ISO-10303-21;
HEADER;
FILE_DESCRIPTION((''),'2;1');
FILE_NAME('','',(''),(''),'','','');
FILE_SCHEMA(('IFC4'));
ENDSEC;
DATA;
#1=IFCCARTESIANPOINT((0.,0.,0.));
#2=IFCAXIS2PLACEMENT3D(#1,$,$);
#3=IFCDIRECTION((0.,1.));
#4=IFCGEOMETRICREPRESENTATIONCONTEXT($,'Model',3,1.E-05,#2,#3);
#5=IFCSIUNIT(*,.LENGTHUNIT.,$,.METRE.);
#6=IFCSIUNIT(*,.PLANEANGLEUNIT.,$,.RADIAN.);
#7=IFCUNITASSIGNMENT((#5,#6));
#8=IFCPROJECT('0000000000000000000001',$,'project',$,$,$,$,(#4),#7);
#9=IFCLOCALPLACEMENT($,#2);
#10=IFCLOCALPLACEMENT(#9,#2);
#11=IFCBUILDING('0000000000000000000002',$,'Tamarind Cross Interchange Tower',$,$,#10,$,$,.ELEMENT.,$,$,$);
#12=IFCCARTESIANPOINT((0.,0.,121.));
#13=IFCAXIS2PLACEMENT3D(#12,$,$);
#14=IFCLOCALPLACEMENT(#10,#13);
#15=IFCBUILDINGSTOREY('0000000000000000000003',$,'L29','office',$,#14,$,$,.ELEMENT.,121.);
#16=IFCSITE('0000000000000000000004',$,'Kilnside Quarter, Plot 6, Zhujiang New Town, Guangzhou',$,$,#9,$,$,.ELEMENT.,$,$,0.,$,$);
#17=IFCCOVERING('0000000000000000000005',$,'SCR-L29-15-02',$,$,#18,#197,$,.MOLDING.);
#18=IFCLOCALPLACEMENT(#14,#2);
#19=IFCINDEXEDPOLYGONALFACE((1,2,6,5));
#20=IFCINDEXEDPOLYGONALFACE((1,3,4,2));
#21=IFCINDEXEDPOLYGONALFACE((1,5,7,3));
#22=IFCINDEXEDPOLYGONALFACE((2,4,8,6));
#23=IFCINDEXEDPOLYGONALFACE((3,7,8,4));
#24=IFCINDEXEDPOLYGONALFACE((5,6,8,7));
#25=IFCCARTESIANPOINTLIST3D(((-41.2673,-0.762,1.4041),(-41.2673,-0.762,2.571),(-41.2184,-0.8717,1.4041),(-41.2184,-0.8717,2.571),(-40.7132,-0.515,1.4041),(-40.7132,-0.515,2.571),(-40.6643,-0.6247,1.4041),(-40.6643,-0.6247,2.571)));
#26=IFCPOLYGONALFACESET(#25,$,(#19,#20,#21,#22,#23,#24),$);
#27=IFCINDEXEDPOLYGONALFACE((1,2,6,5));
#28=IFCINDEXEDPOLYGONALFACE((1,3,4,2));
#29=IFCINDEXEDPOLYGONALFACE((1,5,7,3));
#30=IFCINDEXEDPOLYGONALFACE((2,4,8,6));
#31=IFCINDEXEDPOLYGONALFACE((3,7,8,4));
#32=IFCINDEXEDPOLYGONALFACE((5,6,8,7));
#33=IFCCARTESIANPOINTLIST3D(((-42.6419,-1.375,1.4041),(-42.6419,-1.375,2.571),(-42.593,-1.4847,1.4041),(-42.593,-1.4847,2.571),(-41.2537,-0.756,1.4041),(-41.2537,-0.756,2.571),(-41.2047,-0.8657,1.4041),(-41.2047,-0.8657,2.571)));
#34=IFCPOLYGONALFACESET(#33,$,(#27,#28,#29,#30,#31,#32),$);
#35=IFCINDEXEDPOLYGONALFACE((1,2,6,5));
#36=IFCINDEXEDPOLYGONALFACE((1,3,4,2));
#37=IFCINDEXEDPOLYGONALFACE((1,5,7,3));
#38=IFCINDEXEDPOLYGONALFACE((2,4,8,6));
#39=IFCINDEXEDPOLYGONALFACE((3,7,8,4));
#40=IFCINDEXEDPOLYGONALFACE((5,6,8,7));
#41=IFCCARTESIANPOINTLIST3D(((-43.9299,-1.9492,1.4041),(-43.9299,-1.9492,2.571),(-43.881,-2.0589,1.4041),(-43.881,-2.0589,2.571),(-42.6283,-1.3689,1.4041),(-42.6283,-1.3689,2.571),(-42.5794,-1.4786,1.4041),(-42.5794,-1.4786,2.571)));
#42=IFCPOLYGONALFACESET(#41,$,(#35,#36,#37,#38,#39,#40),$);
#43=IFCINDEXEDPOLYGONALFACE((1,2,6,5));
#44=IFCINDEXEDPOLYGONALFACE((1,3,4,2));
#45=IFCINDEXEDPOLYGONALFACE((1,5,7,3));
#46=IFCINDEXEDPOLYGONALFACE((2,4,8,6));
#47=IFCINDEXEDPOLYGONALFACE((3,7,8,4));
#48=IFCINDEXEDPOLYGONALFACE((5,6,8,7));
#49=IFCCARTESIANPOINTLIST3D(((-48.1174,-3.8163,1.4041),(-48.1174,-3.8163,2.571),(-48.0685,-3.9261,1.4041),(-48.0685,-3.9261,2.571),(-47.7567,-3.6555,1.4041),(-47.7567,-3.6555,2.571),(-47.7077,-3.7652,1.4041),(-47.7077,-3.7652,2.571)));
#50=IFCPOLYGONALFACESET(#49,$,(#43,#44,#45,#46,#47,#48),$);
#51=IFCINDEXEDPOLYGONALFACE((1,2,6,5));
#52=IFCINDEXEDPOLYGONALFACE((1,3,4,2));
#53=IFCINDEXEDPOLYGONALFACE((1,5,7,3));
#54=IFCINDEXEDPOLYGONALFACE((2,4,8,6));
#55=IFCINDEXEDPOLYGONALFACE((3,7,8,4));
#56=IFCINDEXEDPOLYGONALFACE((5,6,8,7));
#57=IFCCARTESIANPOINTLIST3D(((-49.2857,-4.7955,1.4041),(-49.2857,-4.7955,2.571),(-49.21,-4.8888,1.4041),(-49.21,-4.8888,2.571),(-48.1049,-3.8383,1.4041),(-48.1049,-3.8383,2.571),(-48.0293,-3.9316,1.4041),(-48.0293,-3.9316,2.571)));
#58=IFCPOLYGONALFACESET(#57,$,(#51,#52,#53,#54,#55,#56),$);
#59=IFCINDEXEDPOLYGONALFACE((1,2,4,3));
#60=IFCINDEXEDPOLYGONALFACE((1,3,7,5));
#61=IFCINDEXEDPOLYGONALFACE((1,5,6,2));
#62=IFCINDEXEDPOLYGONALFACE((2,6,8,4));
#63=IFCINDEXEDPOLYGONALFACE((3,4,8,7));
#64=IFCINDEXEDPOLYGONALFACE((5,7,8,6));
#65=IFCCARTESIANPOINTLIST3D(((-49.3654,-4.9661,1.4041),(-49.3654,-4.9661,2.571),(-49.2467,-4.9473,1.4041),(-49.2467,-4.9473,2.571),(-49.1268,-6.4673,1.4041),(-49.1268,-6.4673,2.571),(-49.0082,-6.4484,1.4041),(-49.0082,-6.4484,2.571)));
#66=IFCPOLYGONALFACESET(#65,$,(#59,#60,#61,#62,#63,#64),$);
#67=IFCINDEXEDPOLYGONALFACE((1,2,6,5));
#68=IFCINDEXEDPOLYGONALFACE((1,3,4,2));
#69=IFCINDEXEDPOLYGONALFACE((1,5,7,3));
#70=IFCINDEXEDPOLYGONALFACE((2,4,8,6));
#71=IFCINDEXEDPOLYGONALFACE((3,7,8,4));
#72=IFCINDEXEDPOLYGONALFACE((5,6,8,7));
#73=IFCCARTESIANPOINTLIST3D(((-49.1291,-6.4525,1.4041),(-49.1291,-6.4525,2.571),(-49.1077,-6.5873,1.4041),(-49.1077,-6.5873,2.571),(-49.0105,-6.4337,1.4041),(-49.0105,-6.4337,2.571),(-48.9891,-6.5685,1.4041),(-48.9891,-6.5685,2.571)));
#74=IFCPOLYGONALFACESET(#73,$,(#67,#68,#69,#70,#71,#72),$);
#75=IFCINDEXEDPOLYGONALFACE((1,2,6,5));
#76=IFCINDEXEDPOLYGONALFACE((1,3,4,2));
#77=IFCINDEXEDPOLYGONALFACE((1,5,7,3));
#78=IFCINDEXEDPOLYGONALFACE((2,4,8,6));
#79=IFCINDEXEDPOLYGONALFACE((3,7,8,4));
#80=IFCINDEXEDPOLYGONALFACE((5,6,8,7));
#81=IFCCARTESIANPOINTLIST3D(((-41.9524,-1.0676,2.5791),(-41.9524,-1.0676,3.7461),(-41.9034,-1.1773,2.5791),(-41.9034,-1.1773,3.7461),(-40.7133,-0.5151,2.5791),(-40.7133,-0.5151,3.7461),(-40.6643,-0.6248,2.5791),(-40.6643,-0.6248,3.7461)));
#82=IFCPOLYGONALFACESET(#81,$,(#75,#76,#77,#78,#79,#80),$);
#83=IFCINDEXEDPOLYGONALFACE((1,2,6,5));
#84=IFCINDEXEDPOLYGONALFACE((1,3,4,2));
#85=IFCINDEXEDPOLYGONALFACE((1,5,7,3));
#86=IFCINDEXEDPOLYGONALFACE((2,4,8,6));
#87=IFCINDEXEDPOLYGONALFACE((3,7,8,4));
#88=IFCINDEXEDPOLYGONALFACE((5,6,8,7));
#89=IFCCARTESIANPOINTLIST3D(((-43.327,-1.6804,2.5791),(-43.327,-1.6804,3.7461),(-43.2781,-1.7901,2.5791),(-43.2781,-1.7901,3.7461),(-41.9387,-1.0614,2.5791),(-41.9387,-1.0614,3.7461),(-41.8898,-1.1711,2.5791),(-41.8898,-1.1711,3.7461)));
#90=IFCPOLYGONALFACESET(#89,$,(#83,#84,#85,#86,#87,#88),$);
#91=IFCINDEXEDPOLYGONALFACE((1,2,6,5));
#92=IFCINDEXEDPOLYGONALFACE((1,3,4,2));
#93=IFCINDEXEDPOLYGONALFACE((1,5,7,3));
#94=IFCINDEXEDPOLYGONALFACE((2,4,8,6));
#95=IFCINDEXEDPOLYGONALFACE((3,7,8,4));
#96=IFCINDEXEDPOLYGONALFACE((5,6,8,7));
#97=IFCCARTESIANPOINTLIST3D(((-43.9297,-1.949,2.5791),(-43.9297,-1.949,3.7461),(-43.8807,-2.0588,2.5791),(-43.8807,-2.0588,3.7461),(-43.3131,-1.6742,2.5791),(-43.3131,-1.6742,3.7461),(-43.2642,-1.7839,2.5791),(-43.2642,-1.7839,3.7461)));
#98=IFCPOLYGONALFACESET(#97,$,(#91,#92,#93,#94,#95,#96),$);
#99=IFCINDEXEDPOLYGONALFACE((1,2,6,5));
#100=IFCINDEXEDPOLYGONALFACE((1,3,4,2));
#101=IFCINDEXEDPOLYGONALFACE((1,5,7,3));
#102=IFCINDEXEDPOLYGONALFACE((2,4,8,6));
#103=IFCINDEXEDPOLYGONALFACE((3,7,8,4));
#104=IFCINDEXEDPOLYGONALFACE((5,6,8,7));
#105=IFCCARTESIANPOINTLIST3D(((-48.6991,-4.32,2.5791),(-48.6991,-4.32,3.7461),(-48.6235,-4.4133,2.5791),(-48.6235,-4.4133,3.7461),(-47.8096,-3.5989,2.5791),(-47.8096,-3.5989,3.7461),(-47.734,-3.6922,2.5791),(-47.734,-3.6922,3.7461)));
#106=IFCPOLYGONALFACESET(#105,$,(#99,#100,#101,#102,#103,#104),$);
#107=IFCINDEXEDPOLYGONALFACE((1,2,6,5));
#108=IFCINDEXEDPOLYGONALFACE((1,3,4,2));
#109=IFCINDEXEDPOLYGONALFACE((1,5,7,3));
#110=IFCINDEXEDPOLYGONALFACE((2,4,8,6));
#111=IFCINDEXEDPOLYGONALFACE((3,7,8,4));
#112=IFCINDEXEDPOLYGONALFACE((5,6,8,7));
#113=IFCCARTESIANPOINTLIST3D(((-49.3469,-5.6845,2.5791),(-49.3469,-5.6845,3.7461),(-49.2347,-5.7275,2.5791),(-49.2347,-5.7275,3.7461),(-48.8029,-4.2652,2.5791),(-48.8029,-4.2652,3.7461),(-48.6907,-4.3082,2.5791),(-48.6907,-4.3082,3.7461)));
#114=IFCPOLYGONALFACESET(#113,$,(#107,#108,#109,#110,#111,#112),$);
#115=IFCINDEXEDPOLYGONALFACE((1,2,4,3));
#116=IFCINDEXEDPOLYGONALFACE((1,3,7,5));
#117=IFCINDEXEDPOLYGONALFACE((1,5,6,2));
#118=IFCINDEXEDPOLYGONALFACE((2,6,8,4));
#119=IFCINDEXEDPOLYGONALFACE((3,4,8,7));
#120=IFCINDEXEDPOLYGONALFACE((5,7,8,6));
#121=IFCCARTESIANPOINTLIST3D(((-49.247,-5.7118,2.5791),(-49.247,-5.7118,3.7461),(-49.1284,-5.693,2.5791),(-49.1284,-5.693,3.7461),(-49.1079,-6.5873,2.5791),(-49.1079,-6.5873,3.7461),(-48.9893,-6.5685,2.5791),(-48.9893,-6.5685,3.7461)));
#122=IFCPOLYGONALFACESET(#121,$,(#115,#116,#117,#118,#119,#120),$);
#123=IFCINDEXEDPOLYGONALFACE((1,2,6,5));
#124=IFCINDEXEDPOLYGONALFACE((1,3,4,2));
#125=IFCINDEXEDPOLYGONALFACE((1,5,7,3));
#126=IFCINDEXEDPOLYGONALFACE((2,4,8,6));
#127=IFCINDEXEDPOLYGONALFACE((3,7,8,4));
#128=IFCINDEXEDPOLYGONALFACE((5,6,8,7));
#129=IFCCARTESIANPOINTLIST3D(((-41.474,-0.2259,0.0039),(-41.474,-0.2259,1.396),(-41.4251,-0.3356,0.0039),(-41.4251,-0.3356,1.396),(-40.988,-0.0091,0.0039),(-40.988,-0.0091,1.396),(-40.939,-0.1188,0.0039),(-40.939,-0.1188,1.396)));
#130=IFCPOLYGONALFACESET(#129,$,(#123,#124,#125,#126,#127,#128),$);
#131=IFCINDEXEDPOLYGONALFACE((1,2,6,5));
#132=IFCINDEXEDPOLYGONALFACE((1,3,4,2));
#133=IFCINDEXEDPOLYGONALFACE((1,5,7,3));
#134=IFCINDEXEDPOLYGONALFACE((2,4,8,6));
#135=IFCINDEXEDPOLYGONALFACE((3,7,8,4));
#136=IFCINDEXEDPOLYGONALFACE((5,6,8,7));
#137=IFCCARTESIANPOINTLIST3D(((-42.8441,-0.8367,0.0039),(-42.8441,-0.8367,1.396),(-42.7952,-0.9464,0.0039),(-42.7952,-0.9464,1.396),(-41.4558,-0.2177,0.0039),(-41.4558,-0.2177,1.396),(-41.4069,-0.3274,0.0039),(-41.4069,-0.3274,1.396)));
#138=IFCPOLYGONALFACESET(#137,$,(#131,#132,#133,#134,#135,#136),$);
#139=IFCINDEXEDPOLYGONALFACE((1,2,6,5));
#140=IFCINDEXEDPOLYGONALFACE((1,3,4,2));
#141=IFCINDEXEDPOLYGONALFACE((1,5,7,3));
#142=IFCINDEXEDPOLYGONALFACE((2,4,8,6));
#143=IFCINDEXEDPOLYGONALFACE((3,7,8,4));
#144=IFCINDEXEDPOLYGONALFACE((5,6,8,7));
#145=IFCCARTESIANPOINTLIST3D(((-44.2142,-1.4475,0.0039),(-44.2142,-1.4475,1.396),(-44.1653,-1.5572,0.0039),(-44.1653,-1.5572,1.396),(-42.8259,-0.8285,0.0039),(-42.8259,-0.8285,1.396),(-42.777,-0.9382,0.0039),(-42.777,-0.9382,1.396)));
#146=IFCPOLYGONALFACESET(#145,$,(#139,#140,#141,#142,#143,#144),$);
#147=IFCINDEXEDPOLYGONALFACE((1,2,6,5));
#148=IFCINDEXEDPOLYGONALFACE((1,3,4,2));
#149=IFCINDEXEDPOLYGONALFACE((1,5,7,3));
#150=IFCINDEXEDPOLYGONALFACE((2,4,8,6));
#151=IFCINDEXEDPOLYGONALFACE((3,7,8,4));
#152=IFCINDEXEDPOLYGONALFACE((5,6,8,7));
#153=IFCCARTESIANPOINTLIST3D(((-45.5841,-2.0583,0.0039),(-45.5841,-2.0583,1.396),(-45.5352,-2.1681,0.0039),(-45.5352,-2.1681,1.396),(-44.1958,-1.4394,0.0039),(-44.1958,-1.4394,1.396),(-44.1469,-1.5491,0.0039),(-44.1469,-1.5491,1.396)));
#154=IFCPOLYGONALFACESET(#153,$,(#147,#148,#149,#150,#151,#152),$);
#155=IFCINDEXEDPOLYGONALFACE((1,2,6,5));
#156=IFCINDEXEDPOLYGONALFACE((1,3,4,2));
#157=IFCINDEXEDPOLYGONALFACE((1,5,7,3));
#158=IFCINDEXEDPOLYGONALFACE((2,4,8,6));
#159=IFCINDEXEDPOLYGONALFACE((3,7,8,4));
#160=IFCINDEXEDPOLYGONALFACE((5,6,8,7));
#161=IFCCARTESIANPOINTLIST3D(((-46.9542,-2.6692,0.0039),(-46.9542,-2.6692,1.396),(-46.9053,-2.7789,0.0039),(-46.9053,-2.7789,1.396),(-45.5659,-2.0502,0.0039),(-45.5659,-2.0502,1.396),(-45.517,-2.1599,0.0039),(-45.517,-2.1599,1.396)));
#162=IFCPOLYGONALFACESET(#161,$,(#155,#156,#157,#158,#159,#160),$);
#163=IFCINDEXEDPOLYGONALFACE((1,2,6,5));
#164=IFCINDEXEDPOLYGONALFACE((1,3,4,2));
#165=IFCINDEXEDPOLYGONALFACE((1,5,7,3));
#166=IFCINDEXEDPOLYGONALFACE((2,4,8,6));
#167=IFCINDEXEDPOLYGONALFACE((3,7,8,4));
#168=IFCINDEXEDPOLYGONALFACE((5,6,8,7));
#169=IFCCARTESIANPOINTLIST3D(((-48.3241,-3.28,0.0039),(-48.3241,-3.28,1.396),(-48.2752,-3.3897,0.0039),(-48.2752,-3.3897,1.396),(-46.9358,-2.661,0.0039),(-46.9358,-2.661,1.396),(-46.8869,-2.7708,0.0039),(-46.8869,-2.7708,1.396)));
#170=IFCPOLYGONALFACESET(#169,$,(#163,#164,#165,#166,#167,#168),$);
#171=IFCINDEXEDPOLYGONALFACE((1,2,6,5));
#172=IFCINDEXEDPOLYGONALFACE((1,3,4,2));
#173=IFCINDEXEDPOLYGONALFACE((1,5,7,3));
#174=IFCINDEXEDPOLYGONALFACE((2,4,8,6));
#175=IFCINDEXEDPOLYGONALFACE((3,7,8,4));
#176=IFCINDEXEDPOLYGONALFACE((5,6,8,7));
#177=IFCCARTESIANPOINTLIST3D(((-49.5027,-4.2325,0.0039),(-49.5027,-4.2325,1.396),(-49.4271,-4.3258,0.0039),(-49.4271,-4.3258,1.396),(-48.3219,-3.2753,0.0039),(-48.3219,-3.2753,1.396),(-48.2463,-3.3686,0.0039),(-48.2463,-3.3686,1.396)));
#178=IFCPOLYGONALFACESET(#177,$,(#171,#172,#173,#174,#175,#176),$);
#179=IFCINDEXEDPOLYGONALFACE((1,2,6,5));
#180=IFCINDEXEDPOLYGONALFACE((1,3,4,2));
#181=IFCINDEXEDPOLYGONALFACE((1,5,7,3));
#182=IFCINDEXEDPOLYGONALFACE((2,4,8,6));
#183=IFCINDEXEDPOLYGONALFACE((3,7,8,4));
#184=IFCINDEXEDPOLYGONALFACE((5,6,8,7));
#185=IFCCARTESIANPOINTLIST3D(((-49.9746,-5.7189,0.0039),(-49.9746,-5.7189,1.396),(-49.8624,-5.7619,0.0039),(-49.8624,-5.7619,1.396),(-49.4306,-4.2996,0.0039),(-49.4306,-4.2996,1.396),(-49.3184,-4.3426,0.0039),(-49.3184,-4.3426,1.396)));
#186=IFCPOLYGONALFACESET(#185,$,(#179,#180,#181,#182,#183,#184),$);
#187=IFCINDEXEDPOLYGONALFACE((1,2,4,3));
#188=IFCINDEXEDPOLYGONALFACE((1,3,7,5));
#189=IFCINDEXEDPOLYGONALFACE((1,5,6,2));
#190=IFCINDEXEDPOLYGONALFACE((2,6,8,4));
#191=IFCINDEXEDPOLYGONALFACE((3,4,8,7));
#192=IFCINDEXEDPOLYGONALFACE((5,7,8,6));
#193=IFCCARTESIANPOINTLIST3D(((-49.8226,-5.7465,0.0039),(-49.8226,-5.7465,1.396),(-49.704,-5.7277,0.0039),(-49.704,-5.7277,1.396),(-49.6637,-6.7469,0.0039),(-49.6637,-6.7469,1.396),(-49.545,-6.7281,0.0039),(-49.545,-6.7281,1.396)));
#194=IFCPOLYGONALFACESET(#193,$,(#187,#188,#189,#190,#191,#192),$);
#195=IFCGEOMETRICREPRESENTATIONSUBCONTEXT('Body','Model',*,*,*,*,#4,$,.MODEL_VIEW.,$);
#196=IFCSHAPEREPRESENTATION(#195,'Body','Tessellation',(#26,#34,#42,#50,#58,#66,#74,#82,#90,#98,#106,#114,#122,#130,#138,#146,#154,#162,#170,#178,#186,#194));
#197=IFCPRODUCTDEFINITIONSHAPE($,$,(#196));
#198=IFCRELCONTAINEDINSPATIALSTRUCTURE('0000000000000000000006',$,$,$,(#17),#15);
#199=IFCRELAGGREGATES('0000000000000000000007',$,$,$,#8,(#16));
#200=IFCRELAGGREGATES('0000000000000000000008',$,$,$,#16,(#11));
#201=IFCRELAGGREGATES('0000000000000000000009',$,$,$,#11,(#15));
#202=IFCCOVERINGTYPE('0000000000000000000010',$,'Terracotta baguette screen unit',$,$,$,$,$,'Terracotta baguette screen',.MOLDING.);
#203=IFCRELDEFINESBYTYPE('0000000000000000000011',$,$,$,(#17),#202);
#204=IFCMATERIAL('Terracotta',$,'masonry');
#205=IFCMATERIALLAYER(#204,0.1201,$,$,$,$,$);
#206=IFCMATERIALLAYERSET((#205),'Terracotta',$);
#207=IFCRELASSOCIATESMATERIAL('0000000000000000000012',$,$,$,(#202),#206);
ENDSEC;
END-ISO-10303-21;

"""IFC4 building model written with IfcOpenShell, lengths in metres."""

from ifc_helpers import new_model, si_unit, direction, frame, origin, origin_2d, place, context, subcontext, project, spatial, rectangle, extrude, material, layer, layer_set, type_object, element, save


model = new_model("IFC4")

# Units and contexts
model_context = context("Model", 3, precision=1e-05, world=origin(), true_north=direction((0.0, 1.0)))
body_context = subcontext(model_context, "Body", "Model", "MODEL_VIEW")
ifc_project = project(units=[si_unit("LENGTHUNIT", "METRE"), si_unit("PLANEANGLEUNIT", "RADIAN")], contexts=[model_context])

# Site, building, storey
site_placement = place(None, origin())
site = spatial("IfcSite", under=ifc_project, at=site_placement, Name="Kilnside Quarter, Plot 6, Zhujiang New Town, Guangzhou", CompositionType="ELEMENT", RefElevation=0.0)
building_placement = place(site_placement, origin())
building = spatial("IfcBuilding", under=site, at=building_placement, Name="Tamarind Cross Interchange Tower", CompositionType="ELEMENT")
storey_placement = place(building_placement, frame((0.0, 0.0, 121.0)))
storey = spatial("IfcBuildingStorey", under=building, at=storey_placement, Name="L29", Description="office", CompositionType="ELEMENT", Elevation=121.0)

# Covering
ifc_material_1 = material(Name="Terracotta", Category="masonry")
ifc_layer_1 = layer(ifc_material_1, 0.1201)
ifc_layer_set_1 = layer_set([ifc_layer_1], Name="Terracotta")
covering_type = type_object("IfcCoveringType", Name="Terracotta baguette screen unit", ElementType="Terracotta baguette screen", PredefinedType="MOLDING", material=ifc_layer_set_1)
covering_1_placement = place(storey_placement, origin())
element("IfcCovering", 1, at=covering_1_placement, inside=storey, type_object=covering_type, Name="SCR-L29-15-02", PredefinedType="MOLDING", context=body_context, shape_type="SweptSolid", body=[
    extrude(rectangle(XDim=0.6067, YDim=0.1201, at=origin_2d()), frame((-40.9658, -0.6934, 1.4041), z_axis=(0.0, 0.0, 1.0), x_axis=(-0.91333, -0.407221, 0.0)), (0.0, 0.0, 1.0), 1.167),
    extrude(rectangle(XDim=1.52, YDim=0.1201, at=origin_2d()), frame((-41.9233, -1.1204, 1.4041), z_axis=(0.0, 0.0, 1.0), x_axis=(-0.91333, -0.407221, 0.0)), (0.0, 0.0, 1.0), 1.167),
    extrude(rectangle(XDim=1.425, YDim=0.1201, at=origin_2d()), frame((-43.2546, -1.7139, 1.4041), z_axis=(0.0, 0.0, 1.0), x_axis=(-0.91333, -0.407221, 0.0)), (0.0, 0.0, 1.0), 1.167),
    extrude(rectangle(XDim=0.395, YDim=0.1201, at=origin_2d()), frame((-47.9126, -3.7908, 1.4041), z_axis=(0.0, 0.0, 1.0), x_axis=(-0.91333, -0.407221, 0.0)), (0.0, 0.0, 1.0), 1.167),
    extrude(rectangle(XDim=1.52, YDim=0.1201, at=origin_2d()), frame((-48.6575, -4.3635, 1.4041), z_axis=(0.0, 0.0, 1.0), x_axis=(-0.776812, -0.629733, 0.0)), (0.0, 0.0, 1.0), 1.167),
    extrude(rectangle(XDim=1.52, YDim=0.1201, at=origin_2d()), frame((-49.1868, -5.7073, 1.4041), z_axis=(0.0, 0.0, 1.0), x_axis=(0.156958, -0.987605, 0.0)), (0.0, 0.0, 1.0), 1.167),
    extrude(rectangle(XDim=0.1365, YDim=0.1201, at=origin_2d()), frame((-49.0591, -6.5105, 1.4041), z_axis=(0.0, 0.0, 1.0), x_axis=(0.156958, -0.987605, 0.0)), (0.0, 0.0, 1.0), 1.167),
    extrude(rectangle(XDim=1.3567, YDim=0.1201, at=origin_2d()), frame((-41.3083, -0.8462, 2.5791), z_axis=(0.0, 0.0, 1.0), x_axis=(-0.91333, -0.407221, 0.0)), (0.0, 0.0, 1.0), 1.167),
    extrude(rectangle(XDim=1.52, YDim=0.1201, at=origin_2d()), frame((-42.6084, -1.4258, 2.5791), z_axis=(0.0, 0.0, 1.0), x_axis=(-0.91333, -0.407221, 0.0)), (0.0, 0.0, 1.0), 1.167),
    extrude(rectangle(XDim=0.675, YDim=0.1201, at=origin_2d()), frame((-43.5969, -1.8665, 2.5791), z_axis=(0.0, 0.0, 1.0), x_axis=(-0.91333, -0.407221, 0.0)), (0.0, 0.0, 1.0), 1.167),
    extrude(rectangle(XDim=1.145, YDim=0.1201, at=origin_2d()), frame((-48.2166, -4.0061, 2.5791), z_axis=(0.0, 0.0, 1.0), x_axis=(-0.776812, -0.629733, 0.0)), (0.0, 0.0, 1.0), 1.167),
    extrude(rectangle(XDim=1.52, YDim=0.1201, at=origin_2d()), frame((-49.0188, -4.9963, 2.5791), z_axis=(0.0, 0.0, 1.0), x_axis=(-0.357873, -0.93377, 0.0)), (0.0, 0.0, 1.0), 1.167),
    extrude(rectangle(XDim=0.8865, YDim=0.1201, at=origin_2d()), frame((-49.1182, -6.1401, 2.5791), z_axis=(0.0, 0.0, 1.0), x_axis=(0.156958, -0.987605, 0.0)), (0.0, 0.0, 1.0), 1.167),
    extrude(rectangle(XDim=0.5322, YDim=0.1201, at=origin_2d()), frame((-41.2065, -0.1724, 0.0039), z_axis=(0.0, 0.0, 1.0), x_axis=(-0.91333, -0.407221, 0.0)), (0.0, 0.0, 1.0), 1.3921),
    extrude(rectangle(XDim=1.52, YDim=0.1201, at=origin_2d()), frame((-42.1255, -0.582, 0.0039), z_axis=(0.0, 0.0, 1.0), x_axis=(-0.91333, -0.407221, 0.0)), (0.0, 0.0, 1.0), 1.3921),
    extrude(rectangle(XDim=1.52, YDim=0.1201, at=origin_2d()), frame((-43.4956, -1.1929, 0.0039), z_axis=(0.0, 0.0, 1.0), x_axis=(-0.91333, -0.407221, 0.0)), (0.0, 0.0, 1.0), 1.3921),
    extrude(rectangle(XDim=1.52, YDim=0.1201, at=origin_2d()), frame((-44.8655, -1.8037, 0.0039), z_axis=(0.0, 0.0, 1.0), x_axis=(-0.91333, -0.407221, 0.0)), (0.0, 0.0, 1.0), 1.3921),
    extrude(rectangle(XDim=1.52, YDim=0.1201, at=origin_2d()), frame((-46.2356, -2.4146, 0.0039), z_axis=(0.0, 0.0, 1.0), x_axis=(-0.91333, -0.407221, 0.0)), (0.0, 0.0, 1.0), 1.3921),
    extrude(rectangle(XDim=1.52, YDim=0.1201, at=origin_2d()), frame((-47.6055, -3.0254, 0.0039), z_axis=(0.0, 0.0, 1.0), x_axis=(-0.91333, -0.407221, 0.0)), (0.0, 0.0, 1.0), 1.3921),
    extrude(rectangle(XDim=1.52, YDim=0.1201, at=origin_2d()), frame((-48.8745, -3.8005, 0.0039), z_axis=(0.0, 0.0, 1.0), x_axis=(-0.776812, -0.629733, 0.0)), (0.0, 0.0, 1.0), 1.3921),
    extrude(rectangle(XDim=1.52, YDim=0.1201, at=origin_2d()), frame((-49.6465, -5.0308, 0.0039), z_axis=(0.0, 0.0, 1.0), x_axis=(-0.357873, -0.93377, 0.0)), (0.0, 0.0, 1.0), 1.3921),
    extrude(rectangle(XDim=1.0129, YDim=0.1201, at=origin_2d()), frame((-49.6838, -6.2373, 0.0039), z_axis=(0.0, 0.0, 1.0), x_axis=(0.156958, -0.987605, 0.0)), (0.0, 0.0, 1.0), 1.3921),
])

save(model, "model.ifc")
